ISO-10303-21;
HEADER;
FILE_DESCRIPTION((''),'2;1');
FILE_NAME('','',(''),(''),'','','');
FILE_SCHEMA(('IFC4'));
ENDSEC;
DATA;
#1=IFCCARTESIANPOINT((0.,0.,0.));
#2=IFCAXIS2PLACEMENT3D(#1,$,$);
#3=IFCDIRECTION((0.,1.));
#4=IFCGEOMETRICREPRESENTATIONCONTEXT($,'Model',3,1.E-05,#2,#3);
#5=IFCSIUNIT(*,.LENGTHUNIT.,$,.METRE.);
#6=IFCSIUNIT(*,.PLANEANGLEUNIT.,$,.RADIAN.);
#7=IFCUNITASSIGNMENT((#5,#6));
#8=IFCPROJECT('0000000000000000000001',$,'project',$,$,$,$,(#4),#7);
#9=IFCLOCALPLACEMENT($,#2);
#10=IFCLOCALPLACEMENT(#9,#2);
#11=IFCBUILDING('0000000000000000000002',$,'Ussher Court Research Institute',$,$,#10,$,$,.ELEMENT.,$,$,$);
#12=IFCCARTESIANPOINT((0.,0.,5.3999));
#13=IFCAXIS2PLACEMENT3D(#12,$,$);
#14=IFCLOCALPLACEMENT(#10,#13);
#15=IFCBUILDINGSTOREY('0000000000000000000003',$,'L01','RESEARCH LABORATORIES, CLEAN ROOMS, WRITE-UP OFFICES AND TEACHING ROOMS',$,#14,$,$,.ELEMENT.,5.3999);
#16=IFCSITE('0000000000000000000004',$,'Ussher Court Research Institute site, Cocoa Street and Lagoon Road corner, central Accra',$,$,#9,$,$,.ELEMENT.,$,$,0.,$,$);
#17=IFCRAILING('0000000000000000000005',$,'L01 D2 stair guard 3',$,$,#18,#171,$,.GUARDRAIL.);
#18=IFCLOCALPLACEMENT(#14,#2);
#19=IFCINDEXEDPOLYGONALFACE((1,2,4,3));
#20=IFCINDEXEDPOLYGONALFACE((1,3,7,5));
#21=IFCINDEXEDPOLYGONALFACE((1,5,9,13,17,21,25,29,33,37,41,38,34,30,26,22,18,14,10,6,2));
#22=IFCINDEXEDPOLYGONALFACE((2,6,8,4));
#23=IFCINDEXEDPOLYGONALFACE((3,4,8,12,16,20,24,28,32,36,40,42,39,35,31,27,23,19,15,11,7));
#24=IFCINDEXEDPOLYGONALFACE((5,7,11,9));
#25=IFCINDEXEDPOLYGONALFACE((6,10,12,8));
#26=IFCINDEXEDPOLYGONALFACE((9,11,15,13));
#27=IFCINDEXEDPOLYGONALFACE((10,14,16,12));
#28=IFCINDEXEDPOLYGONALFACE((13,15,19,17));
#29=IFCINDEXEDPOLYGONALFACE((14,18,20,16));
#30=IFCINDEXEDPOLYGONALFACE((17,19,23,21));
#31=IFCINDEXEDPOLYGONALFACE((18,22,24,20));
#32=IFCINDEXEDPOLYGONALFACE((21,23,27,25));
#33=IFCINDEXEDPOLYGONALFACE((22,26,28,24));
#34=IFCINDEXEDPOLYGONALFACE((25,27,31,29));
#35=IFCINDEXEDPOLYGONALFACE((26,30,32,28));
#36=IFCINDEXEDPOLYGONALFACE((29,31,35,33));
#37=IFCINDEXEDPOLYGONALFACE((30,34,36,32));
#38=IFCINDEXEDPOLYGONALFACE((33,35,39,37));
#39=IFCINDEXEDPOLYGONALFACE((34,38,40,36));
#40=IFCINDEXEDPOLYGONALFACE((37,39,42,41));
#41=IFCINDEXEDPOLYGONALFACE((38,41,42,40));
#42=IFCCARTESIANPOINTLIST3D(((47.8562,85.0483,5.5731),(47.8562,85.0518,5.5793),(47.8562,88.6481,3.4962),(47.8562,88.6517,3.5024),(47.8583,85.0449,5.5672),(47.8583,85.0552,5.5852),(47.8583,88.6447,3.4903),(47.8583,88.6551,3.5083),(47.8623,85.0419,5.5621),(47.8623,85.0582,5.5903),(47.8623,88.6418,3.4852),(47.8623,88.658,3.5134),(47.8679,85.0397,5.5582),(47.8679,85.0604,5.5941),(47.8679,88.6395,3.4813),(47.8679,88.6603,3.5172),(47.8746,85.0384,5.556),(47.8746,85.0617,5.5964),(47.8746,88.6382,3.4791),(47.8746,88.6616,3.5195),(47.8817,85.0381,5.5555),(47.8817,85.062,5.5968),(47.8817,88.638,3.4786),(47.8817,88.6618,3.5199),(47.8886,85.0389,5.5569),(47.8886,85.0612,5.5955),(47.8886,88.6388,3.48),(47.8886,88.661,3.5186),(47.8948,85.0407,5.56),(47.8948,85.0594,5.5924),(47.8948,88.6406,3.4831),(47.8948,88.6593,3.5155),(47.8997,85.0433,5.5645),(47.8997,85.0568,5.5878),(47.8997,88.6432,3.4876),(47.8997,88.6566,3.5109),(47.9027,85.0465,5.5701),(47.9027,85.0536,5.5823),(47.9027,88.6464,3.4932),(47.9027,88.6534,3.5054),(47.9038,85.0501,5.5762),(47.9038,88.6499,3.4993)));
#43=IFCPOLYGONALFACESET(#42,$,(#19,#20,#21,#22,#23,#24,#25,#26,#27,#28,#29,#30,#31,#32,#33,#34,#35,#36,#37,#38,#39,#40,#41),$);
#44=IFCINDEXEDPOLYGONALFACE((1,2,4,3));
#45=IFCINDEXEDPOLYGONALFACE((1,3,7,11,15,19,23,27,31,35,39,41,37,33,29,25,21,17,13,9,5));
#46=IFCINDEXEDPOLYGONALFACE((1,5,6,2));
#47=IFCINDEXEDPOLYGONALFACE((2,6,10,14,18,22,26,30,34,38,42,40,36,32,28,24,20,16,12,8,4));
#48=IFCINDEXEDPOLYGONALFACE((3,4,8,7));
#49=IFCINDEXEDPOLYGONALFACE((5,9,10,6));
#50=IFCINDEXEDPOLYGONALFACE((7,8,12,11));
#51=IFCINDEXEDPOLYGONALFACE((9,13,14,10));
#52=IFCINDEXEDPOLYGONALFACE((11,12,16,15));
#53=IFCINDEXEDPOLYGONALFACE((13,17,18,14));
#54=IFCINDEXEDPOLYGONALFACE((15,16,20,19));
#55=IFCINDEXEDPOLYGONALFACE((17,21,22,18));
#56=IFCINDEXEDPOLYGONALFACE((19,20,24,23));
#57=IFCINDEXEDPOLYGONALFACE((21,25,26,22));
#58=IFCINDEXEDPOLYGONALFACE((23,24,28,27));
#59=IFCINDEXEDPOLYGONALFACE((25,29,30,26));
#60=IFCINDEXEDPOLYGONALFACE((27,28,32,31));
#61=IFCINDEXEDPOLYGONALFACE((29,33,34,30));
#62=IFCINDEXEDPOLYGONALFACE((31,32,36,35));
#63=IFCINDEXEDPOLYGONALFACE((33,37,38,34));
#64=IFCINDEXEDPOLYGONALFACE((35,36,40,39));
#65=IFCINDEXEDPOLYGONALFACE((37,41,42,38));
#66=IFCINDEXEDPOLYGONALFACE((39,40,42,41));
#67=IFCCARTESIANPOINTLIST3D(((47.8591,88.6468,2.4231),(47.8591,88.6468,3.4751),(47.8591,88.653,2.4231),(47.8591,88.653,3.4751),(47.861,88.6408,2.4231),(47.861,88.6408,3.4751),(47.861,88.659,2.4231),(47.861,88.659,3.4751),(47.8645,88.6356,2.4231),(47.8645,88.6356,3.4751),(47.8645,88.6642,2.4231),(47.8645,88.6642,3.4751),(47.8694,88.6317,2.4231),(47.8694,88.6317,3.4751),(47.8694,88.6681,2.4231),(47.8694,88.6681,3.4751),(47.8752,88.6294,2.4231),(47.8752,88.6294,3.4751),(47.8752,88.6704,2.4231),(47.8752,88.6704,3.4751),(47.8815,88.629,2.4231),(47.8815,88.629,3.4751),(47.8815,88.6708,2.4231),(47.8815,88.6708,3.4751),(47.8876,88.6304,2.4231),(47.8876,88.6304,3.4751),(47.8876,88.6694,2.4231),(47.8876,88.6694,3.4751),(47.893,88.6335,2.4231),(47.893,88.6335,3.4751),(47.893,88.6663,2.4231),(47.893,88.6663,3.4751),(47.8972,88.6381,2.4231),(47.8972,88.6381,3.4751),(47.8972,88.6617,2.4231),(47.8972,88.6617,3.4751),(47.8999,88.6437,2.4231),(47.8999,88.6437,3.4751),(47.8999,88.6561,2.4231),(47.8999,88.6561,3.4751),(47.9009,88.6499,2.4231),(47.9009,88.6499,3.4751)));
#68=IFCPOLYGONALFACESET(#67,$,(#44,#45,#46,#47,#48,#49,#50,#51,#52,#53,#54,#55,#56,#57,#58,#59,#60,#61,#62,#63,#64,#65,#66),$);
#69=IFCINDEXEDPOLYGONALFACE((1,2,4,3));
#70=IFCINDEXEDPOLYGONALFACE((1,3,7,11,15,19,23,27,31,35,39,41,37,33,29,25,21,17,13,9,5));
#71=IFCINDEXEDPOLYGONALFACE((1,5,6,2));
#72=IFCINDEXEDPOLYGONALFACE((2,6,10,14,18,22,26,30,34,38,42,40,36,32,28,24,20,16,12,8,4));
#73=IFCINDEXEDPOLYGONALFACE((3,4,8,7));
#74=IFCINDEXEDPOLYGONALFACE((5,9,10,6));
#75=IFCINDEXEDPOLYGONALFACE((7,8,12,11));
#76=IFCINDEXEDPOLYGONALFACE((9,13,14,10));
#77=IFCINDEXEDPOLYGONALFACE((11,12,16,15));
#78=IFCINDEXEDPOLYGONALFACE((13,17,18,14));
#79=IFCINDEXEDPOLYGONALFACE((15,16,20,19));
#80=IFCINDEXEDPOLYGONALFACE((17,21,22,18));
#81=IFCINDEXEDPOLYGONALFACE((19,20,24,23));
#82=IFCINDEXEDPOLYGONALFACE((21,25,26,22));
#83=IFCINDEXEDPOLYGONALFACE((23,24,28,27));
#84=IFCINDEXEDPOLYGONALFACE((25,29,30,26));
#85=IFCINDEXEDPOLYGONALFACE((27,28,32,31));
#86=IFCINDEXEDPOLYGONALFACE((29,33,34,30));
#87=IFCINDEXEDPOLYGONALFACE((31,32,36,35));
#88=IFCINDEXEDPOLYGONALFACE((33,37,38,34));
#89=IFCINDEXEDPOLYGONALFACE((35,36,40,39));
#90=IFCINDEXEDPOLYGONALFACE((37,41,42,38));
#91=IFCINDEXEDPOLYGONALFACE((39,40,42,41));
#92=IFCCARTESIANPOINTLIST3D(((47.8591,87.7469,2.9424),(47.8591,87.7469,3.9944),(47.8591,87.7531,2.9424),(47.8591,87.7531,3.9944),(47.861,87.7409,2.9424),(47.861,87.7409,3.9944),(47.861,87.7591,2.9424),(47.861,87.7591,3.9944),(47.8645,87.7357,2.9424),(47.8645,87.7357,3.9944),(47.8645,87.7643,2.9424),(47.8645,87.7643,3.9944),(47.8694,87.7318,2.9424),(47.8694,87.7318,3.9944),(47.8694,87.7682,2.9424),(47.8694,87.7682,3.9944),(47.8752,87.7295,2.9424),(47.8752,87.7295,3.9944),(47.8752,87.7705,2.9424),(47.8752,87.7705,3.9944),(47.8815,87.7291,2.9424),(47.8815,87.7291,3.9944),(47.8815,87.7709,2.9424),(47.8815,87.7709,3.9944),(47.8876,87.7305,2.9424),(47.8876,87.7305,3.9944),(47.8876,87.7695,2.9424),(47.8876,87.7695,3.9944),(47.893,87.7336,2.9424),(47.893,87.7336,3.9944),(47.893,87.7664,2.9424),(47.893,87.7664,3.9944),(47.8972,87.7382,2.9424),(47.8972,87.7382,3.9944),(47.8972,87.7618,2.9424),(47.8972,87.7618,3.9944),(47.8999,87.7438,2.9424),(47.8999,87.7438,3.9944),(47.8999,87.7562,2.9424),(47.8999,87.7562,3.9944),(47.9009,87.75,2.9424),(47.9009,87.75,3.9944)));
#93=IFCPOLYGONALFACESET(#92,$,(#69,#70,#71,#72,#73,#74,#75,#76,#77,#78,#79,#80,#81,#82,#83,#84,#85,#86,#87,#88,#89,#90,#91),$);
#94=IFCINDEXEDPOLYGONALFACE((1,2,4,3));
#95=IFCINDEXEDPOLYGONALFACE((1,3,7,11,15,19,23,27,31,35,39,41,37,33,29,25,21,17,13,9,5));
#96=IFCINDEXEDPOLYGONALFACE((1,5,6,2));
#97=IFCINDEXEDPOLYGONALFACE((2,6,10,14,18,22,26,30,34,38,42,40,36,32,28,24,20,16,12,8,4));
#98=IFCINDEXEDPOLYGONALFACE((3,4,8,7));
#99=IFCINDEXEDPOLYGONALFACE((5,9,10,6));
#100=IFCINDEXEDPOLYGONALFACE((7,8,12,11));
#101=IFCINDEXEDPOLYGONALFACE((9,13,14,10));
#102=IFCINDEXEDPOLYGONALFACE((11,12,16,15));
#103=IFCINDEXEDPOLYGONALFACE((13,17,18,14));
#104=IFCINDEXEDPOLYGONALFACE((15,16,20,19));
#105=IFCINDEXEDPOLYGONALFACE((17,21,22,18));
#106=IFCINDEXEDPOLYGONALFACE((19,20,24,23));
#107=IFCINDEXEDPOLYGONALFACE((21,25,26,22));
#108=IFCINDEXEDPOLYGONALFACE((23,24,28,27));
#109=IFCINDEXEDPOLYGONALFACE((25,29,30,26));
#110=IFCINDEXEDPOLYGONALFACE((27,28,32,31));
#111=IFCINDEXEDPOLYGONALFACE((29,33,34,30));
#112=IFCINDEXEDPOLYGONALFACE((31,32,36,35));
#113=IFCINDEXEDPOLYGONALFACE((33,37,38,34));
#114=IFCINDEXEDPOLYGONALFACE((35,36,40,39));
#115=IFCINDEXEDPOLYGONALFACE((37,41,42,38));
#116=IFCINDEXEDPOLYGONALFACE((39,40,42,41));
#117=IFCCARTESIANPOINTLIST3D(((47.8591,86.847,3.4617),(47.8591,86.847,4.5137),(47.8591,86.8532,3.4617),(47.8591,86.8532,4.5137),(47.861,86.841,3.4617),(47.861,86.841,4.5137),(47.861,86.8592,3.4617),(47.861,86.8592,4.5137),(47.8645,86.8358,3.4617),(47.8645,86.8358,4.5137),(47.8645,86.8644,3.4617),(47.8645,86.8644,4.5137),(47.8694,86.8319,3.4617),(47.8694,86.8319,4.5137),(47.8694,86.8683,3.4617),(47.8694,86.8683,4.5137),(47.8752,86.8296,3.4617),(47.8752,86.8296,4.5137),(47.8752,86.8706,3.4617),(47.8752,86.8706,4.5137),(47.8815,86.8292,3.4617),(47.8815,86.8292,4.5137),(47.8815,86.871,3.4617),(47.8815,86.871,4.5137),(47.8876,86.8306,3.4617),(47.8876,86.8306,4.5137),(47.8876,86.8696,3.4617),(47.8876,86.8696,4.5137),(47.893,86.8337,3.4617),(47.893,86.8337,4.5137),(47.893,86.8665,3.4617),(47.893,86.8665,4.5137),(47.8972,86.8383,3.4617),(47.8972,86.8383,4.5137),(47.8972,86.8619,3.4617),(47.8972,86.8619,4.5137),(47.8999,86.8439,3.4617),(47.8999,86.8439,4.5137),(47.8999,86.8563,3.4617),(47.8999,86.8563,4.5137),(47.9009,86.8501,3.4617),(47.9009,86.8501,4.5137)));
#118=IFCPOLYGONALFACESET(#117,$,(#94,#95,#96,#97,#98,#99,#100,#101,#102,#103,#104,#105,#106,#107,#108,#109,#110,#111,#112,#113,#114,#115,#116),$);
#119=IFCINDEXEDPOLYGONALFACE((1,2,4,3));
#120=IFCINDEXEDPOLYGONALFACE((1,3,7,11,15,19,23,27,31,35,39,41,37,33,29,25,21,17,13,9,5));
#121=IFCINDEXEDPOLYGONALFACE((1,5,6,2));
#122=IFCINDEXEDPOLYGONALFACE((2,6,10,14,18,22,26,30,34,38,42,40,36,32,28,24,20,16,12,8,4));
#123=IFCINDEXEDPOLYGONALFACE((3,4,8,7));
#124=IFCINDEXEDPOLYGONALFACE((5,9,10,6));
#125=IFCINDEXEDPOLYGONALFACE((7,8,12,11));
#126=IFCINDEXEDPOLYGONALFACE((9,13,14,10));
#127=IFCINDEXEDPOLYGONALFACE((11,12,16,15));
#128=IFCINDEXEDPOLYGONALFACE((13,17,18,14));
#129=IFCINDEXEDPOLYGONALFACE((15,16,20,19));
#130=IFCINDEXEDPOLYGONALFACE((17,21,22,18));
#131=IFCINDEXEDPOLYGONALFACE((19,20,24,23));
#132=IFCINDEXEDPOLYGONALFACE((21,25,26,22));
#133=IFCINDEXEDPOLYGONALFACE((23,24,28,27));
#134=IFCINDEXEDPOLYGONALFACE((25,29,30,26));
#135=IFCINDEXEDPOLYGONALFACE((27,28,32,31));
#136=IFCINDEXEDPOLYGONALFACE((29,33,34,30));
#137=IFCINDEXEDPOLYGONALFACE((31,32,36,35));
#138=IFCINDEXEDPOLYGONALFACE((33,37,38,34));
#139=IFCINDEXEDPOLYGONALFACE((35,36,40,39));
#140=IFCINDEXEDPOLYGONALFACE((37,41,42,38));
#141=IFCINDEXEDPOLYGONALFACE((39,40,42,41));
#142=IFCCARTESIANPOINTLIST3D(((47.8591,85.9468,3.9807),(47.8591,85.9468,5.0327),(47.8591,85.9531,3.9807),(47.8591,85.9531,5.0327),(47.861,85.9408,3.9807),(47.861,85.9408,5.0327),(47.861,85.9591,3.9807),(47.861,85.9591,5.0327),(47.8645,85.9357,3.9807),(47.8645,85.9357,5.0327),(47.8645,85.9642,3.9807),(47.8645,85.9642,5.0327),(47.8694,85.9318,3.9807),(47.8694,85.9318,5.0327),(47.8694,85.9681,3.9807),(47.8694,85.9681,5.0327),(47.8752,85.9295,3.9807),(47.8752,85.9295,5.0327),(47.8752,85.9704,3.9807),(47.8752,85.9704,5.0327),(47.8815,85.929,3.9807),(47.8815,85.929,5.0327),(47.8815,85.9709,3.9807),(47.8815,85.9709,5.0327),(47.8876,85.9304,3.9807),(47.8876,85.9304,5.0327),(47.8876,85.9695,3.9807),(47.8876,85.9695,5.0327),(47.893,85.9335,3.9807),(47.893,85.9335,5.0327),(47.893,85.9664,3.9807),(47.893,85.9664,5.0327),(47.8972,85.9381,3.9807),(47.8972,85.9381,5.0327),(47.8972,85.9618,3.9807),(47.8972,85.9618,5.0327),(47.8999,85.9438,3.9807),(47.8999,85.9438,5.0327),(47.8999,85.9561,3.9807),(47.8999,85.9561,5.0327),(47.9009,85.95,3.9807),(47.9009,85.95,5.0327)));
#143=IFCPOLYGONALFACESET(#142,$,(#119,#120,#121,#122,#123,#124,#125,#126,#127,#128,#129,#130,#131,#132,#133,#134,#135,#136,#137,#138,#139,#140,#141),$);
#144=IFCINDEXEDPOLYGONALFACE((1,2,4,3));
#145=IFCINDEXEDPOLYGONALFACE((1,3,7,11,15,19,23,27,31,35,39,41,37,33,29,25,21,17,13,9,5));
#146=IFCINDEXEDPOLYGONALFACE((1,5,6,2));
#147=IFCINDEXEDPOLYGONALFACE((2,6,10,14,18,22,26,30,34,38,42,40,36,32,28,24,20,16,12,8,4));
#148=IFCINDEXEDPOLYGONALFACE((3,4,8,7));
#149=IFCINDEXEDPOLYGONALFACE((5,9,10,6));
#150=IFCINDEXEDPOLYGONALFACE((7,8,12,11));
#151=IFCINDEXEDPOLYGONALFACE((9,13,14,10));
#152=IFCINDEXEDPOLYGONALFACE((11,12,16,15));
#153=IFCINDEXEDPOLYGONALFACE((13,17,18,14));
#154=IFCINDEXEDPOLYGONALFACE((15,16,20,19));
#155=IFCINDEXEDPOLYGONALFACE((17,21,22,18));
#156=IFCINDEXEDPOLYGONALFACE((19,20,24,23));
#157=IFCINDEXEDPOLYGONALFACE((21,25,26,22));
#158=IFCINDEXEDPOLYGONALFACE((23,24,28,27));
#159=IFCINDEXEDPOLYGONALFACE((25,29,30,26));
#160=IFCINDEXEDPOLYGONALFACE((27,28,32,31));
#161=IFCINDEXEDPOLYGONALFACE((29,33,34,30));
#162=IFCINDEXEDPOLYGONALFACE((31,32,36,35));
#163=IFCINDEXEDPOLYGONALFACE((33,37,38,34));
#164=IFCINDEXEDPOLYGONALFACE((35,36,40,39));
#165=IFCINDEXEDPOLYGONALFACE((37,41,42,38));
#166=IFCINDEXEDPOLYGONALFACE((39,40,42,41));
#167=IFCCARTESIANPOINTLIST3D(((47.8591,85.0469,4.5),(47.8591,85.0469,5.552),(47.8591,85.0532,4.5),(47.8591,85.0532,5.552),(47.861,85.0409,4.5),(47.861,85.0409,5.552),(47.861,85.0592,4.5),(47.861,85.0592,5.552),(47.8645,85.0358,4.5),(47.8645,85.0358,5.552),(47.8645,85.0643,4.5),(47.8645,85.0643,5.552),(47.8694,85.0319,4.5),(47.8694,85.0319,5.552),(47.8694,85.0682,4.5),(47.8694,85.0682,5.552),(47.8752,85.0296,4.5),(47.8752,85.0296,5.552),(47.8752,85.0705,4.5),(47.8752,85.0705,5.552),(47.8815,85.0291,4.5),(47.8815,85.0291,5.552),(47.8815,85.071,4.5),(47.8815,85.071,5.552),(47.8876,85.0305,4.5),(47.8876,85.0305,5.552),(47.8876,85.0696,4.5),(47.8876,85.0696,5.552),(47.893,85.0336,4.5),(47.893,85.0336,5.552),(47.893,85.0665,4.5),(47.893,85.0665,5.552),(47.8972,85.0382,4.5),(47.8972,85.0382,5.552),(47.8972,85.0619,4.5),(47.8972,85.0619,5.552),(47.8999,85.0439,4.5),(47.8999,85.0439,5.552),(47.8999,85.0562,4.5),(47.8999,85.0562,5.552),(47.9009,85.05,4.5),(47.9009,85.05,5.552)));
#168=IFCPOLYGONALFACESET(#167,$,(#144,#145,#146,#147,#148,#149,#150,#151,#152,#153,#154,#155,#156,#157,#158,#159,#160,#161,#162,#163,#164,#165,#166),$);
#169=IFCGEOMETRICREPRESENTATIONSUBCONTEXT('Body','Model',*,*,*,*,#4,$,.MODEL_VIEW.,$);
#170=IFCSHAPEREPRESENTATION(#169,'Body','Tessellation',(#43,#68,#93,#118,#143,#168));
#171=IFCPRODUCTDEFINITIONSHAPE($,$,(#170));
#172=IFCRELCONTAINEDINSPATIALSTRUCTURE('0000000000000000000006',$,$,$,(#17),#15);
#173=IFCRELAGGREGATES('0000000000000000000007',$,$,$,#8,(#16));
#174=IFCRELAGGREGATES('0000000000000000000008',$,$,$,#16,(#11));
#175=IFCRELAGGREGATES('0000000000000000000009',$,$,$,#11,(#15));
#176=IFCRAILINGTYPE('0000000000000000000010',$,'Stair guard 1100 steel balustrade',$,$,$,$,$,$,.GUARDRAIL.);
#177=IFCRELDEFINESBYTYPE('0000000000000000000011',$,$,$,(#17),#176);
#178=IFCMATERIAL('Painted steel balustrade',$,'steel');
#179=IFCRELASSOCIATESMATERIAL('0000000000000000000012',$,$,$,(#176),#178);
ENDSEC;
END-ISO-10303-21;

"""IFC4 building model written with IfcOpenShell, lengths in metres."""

from ifc_helpers import new_model, si_unit, direction, frame, origin, origin_2d, place, context, subcontext, project, spatial, circle, extrude, material, type_object, element, save


model = new_model("IFC4")

# Units and contexts
model_context = context("Model", 3, precision=1e-05, world=origin(), true_north=direction((0.0, 1.0)))
body_context = subcontext(model_context, "Body", "Model", "MODEL_VIEW")
ifc_project = project(units=[si_unit("LENGTHUNIT", "METRE"), si_unit("PLANEANGLEUNIT", "RADIAN")], contexts=[model_context])

# Site, building, storey
site_placement = place(None, origin())
site = spatial("IfcSite", under=ifc_project, at=site_placement, Name="Ussher Court Research Institute site, Cocoa Street and Lagoon Road corner, central Accra", CompositionType="ELEMENT", RefElevation=0.0)
building_placement = place(site_placement, origin())
building = spatial("IfcBuilding", under=site, at=building_placement, Name="Ussher Court Research Institute", CompositionType="ELEMENT")
storey_placement = place(building_placement, frame((0.0, 0.0, 5.3999)))
storey = spatial("IfcBuildingStorey", under=building, at=storey_placement, Name="L01", Description="RESEARCH LABORATORIES, CLEAN ROOMS, WRITE-UP OFFICES AND TEACHING ROOMS", CompositionType="ELEMENT", Elevation=5.3999)

# Railing
ifc_material_1 = material(Name="Painted steel balustrade", Category="steel")
railing_type_1 = type_object("IfcRailingType", Name="Stair guard 1100 steel balustrade", PredefinedType="GUARDRAIL", material=ifc_material_1)
railing_1_placement = place(storey_placement, frame((47.8799, 88.6499, 2.4231)))
element("IfcRailing", 1, at=railing_1_placement, inside=storey, type_object=railing_type_1, Name="L01 D2 stair guard 3", PredefinedType="GUARDRAIL", context=body_context, shape_type="SweptSolid", body=[
    extrude(circle(Radius=0.0239, at=origin_2d()), frame((0.0, 0.0, 1.0762), z_axis=(0.0, -0.866179, 0.499734), x_axis=(1.0, 0.0, 0.0)), (0.0, 0.0, 1.0), 4.156),
    extrude(circle(Radius=0.021, at=origin_2d()), origin(), (0.0, 0.0, 1.0), 1.052),
    extrude(circle(Radius=0.021, at=origin_2d()), frame((0.0, -0.8999, 0.5193)), (0.0, 0.0, 1.0), 1.052),
    extrude(circle(Radius=0.021, at=origin_2d()), frame((0.0, -1.7998, 1.0386)), (0.0, 0.0, 1.0), 1.052),
    extrude(circle(Radius=0.021, at=origin_2d()), frame((0.0, -2.7, 1.5576)), (0.0, 0.0, 1.0), 1.052),
    extrude(circle(Radius=0.021, at=origin_2d()), frame((0.0, -3.5999, 2.0769)), (0.0, 0.0, 1.0), 1.052),
])

save(model, "model.ifc")
